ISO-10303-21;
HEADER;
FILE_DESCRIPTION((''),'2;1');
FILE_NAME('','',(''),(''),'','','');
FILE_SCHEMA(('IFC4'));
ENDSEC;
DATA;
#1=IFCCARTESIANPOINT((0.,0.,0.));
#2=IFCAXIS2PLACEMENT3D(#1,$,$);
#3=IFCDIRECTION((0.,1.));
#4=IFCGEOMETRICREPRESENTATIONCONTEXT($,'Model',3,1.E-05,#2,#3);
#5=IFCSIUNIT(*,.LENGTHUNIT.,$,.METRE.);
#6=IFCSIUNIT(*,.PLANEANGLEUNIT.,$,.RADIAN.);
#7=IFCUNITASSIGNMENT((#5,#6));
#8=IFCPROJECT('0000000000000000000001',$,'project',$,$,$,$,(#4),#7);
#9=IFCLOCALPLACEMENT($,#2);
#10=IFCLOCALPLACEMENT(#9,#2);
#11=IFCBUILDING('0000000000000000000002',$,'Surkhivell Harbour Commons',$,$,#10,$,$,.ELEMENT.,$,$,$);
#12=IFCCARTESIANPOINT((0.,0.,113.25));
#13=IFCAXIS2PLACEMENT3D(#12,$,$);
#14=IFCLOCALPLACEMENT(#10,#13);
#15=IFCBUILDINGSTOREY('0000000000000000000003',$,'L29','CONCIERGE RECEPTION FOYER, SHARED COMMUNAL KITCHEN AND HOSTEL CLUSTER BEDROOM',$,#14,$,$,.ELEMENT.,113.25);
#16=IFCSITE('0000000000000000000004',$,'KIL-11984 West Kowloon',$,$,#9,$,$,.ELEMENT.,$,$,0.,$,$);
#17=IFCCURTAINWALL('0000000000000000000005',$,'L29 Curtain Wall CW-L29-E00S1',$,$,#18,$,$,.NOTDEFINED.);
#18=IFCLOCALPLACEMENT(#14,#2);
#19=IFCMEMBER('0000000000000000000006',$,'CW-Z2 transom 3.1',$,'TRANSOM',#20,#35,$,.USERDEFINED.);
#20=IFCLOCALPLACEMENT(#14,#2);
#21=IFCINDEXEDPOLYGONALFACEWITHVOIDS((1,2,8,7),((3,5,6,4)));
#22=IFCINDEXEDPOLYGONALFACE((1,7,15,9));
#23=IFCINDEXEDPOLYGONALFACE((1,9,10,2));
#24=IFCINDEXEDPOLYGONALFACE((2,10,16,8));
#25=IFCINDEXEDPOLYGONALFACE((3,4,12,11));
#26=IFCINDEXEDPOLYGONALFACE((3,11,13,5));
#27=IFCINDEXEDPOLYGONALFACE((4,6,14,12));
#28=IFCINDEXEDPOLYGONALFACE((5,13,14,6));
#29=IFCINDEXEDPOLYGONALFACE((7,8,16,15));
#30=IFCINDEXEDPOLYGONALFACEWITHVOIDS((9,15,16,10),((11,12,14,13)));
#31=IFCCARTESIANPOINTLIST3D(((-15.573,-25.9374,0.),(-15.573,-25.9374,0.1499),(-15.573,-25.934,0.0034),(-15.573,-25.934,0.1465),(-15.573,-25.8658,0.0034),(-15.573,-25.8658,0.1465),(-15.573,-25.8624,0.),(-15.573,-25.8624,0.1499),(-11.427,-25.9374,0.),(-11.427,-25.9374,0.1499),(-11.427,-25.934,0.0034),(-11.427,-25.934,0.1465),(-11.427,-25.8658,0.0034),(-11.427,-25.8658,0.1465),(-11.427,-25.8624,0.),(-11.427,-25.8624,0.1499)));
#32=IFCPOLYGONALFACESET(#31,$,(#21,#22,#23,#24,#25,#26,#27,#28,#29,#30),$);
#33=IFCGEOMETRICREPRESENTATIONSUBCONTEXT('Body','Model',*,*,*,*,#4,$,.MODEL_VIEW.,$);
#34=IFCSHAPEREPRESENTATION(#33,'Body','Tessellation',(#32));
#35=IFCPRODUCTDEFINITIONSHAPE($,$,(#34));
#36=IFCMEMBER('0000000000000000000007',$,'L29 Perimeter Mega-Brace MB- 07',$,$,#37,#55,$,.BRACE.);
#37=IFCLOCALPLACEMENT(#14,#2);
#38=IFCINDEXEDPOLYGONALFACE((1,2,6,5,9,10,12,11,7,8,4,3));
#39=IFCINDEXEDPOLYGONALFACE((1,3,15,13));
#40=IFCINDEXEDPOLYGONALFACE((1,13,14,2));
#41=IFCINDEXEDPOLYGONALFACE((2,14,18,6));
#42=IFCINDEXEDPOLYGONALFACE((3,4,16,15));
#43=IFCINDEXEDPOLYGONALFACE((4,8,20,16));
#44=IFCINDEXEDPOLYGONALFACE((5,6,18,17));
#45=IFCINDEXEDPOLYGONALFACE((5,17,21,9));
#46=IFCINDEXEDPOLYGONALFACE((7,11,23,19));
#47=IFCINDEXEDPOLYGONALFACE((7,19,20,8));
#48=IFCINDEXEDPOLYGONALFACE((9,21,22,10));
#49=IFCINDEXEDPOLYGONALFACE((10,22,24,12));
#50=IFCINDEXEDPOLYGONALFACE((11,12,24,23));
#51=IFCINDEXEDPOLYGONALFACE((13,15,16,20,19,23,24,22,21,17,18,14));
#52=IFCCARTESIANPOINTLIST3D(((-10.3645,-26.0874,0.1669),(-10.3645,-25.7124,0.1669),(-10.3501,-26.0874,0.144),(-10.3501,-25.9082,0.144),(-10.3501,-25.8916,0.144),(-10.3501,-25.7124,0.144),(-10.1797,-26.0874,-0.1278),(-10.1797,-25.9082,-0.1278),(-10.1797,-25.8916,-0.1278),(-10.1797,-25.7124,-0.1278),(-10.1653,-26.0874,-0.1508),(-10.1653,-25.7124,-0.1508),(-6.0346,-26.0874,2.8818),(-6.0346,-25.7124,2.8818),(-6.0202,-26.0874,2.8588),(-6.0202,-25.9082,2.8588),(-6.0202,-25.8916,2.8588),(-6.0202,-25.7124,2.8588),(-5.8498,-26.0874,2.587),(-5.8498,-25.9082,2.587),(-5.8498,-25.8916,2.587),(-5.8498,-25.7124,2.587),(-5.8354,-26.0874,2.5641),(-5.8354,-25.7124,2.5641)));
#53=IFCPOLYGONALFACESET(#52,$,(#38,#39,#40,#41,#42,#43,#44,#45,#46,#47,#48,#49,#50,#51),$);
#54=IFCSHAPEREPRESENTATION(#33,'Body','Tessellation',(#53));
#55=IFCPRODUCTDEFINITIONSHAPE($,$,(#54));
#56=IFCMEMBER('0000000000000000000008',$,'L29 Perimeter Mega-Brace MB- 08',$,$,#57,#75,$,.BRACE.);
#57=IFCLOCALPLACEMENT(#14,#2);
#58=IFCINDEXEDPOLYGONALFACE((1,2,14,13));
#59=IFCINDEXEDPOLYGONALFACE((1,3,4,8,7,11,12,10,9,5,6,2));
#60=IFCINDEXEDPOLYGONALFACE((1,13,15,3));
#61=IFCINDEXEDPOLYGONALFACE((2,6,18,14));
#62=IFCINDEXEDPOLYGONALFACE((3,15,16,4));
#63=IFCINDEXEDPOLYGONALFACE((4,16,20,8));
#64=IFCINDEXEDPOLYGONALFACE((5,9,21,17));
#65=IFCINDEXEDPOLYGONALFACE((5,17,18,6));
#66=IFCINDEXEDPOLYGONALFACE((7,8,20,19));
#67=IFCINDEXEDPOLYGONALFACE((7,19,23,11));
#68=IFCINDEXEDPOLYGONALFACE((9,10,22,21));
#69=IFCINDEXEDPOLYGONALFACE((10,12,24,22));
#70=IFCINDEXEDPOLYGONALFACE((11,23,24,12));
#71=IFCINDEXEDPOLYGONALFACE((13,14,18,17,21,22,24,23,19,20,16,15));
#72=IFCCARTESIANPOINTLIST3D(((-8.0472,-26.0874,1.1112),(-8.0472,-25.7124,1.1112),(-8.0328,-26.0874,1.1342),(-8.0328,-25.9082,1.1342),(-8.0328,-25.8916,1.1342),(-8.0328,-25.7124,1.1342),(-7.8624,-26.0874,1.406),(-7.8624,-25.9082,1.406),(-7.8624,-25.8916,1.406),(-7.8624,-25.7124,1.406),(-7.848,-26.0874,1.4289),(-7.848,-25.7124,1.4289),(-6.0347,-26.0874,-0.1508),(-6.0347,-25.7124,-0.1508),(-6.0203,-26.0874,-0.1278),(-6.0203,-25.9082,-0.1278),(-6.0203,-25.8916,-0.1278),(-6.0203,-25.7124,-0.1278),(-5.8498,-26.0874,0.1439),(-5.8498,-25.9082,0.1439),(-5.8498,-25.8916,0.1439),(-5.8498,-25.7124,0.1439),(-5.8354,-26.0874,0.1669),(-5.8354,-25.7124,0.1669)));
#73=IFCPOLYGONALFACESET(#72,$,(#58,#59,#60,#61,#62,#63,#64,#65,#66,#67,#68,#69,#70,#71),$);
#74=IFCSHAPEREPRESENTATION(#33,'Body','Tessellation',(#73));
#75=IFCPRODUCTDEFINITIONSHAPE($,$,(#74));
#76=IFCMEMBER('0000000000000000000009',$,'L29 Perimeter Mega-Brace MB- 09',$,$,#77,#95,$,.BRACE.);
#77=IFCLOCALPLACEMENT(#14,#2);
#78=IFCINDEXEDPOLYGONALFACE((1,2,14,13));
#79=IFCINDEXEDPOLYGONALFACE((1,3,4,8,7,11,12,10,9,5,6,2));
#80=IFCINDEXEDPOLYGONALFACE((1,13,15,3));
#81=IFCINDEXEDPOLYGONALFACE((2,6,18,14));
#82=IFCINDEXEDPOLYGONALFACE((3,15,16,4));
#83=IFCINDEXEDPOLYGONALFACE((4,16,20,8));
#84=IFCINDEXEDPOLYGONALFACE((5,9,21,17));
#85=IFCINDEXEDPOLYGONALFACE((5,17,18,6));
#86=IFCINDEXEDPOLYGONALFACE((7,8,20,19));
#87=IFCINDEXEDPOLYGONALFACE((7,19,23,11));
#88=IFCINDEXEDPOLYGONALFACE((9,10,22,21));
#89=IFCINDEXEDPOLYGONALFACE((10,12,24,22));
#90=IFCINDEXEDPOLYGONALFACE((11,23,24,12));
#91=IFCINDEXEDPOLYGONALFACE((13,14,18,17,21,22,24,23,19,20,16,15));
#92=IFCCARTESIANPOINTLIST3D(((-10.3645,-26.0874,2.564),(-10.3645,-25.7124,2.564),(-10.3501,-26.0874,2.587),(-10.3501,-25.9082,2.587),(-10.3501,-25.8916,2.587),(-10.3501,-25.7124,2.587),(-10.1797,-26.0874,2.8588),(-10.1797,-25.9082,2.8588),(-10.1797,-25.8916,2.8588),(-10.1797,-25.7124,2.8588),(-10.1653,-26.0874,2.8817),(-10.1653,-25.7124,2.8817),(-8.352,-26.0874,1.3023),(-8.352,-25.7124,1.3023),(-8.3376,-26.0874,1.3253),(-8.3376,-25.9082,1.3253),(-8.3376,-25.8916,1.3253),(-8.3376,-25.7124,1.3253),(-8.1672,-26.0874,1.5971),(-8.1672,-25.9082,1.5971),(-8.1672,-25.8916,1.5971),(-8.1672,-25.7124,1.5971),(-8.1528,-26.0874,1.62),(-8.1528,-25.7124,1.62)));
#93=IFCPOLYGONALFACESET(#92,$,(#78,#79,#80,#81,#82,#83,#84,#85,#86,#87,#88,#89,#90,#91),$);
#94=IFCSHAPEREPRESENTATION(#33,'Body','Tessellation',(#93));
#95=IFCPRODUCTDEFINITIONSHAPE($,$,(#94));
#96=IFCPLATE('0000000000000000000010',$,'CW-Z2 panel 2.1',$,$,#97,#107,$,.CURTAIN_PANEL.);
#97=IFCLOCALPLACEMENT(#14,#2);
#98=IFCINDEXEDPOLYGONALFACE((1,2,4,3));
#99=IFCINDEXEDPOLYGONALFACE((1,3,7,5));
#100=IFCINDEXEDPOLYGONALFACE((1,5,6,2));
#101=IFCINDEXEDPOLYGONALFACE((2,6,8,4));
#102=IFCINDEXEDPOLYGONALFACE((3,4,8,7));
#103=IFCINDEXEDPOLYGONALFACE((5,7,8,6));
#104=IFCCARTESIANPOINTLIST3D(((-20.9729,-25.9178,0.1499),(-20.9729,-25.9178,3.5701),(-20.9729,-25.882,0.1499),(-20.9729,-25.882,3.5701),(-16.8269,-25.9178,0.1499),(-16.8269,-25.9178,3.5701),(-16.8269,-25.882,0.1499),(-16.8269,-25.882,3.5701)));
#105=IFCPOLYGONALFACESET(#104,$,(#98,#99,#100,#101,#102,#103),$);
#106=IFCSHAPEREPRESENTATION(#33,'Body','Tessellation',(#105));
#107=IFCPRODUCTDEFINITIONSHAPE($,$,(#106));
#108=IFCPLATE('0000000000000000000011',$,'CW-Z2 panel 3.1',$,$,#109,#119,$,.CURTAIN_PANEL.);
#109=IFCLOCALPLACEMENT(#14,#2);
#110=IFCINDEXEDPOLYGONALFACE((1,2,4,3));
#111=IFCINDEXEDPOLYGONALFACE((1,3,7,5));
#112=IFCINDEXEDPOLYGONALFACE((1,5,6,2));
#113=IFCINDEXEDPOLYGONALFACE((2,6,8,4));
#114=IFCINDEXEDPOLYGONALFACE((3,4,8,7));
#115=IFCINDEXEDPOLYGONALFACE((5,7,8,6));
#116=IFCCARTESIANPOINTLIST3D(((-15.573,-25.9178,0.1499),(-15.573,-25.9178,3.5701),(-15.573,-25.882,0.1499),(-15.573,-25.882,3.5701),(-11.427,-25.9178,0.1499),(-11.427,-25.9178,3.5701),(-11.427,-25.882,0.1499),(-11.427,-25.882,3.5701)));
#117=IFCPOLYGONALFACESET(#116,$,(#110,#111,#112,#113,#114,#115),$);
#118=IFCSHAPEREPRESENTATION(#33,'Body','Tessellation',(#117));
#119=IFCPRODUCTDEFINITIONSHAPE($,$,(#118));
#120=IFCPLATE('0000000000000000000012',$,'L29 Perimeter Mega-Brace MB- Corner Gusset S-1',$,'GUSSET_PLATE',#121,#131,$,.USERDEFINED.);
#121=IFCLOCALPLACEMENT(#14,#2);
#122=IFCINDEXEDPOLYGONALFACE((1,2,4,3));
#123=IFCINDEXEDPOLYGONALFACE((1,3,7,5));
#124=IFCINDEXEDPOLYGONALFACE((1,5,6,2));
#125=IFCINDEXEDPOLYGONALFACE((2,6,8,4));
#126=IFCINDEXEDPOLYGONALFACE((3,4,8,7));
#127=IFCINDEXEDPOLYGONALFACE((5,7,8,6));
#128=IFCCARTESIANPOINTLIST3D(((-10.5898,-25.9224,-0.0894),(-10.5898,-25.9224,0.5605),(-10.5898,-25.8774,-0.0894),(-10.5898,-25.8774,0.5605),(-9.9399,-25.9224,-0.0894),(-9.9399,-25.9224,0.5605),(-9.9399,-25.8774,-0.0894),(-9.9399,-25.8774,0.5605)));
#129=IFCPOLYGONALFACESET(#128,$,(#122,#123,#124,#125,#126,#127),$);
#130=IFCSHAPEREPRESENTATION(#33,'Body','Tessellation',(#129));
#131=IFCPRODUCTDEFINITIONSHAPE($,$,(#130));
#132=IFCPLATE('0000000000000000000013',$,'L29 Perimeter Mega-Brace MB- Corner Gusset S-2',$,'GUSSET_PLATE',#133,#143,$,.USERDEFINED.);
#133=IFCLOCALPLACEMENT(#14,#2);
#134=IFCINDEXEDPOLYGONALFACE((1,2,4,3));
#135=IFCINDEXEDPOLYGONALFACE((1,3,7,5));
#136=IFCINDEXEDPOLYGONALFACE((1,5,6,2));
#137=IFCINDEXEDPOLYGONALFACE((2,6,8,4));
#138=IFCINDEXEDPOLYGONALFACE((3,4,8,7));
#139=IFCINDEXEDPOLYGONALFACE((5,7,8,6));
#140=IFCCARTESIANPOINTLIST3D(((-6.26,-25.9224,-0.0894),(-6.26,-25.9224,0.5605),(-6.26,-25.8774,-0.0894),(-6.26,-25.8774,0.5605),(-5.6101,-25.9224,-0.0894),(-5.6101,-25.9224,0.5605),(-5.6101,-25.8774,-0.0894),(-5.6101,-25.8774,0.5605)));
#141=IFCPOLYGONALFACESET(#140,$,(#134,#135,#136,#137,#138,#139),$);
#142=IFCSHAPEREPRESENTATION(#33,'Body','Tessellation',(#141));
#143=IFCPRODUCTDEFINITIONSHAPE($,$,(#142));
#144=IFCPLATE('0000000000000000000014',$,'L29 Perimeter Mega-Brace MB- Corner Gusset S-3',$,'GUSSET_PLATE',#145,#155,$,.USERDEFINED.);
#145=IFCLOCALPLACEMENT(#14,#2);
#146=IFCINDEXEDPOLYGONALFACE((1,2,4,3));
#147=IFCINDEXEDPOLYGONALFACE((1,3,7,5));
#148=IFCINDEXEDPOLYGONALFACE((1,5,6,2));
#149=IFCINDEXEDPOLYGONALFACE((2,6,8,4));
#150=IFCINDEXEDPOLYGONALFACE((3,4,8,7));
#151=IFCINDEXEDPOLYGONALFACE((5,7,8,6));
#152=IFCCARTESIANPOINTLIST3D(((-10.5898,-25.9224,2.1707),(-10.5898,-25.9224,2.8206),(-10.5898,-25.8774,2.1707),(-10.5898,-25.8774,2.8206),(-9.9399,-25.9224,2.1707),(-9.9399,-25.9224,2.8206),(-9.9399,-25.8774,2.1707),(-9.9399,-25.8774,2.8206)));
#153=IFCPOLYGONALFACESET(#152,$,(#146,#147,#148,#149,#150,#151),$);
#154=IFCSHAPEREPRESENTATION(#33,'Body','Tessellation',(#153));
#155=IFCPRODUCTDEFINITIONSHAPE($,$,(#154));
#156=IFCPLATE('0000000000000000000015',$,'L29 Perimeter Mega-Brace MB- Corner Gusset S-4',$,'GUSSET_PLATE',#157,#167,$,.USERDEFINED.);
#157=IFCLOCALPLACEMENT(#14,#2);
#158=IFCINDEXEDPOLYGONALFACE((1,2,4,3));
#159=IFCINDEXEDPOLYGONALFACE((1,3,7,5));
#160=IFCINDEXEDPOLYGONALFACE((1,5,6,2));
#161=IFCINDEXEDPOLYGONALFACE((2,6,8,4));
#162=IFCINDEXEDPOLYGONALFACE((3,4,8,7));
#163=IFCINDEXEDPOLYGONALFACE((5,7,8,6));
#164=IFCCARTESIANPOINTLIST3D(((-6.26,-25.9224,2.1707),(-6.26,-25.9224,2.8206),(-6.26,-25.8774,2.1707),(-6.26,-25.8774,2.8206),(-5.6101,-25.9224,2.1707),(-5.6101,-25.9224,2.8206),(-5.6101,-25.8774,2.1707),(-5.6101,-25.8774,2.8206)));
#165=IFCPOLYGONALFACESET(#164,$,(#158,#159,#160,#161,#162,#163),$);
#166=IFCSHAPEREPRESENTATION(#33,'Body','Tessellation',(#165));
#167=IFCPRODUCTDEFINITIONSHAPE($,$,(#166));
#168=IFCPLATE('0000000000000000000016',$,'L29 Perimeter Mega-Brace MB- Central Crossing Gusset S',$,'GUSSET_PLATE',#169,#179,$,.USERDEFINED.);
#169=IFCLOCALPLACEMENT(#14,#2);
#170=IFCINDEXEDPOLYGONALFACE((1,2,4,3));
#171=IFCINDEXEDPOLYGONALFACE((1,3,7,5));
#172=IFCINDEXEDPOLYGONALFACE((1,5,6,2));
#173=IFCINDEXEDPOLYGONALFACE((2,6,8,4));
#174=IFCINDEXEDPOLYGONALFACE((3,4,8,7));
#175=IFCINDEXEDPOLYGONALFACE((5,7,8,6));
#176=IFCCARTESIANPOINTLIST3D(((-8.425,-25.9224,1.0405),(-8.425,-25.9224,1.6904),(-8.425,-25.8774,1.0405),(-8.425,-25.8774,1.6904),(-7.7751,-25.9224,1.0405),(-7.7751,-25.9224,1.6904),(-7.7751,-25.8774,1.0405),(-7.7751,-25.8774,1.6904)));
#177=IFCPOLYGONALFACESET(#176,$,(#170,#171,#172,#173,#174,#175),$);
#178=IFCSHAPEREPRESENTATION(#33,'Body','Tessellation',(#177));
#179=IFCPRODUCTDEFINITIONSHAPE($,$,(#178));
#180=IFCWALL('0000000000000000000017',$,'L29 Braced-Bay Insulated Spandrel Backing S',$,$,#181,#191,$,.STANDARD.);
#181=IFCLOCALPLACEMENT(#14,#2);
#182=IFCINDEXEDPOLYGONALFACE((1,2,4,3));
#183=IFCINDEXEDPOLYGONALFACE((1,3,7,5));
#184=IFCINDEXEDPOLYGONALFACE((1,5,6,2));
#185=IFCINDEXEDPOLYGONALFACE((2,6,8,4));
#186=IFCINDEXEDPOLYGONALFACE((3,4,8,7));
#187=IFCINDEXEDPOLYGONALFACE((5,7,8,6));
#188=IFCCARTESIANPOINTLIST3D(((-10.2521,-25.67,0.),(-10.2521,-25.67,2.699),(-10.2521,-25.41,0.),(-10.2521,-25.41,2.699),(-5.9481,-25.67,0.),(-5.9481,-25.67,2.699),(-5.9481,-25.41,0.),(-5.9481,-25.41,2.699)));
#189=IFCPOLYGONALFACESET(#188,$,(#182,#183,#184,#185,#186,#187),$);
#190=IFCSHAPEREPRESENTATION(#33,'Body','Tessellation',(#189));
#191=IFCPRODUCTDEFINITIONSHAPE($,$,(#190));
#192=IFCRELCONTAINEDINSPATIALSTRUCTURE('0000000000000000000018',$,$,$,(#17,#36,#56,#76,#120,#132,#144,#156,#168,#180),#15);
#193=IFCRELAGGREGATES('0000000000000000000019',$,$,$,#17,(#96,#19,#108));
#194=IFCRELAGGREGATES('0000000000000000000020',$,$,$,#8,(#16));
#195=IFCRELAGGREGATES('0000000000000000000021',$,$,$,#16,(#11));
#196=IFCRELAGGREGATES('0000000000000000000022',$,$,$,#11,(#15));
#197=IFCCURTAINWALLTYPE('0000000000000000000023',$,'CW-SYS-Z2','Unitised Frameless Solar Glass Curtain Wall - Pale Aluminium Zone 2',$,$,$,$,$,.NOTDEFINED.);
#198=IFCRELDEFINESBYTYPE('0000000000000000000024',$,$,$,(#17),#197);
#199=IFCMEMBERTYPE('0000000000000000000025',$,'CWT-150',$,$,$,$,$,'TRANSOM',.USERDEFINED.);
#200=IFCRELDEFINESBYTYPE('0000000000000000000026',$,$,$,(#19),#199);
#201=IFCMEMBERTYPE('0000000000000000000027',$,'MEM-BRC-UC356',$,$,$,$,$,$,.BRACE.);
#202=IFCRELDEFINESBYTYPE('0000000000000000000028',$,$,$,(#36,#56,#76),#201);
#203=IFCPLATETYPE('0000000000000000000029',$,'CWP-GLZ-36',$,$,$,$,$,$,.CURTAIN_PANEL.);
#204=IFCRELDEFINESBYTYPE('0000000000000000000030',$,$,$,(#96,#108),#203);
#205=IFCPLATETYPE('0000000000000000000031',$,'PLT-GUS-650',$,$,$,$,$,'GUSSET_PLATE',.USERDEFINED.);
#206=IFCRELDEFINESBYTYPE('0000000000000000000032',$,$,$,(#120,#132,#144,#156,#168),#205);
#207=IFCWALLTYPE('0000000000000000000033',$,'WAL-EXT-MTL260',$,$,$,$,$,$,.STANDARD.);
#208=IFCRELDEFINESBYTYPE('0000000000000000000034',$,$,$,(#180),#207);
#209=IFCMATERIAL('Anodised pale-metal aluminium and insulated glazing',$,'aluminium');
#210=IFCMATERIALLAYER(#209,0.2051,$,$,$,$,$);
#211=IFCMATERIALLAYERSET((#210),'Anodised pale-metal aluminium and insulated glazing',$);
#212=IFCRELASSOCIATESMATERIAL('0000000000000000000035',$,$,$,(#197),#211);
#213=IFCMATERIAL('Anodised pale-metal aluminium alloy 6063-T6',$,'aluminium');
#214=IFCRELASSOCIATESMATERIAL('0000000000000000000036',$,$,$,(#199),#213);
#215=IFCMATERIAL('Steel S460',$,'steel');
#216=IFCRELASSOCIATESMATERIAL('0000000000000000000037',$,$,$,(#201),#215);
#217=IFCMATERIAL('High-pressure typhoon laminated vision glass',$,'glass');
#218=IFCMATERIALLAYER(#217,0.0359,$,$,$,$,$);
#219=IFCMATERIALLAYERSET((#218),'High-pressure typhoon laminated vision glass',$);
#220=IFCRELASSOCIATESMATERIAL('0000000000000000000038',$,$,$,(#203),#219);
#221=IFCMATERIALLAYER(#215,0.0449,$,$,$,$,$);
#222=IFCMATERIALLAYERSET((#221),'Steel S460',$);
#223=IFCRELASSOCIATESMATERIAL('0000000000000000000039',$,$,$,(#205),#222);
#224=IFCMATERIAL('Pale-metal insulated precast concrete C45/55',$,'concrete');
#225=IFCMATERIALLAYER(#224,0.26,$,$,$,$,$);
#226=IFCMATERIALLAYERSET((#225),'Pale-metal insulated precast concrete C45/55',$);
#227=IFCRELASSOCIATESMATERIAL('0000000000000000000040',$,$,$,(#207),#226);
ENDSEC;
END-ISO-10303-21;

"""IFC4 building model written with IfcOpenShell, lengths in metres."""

from ifc_helpers import new_model, si_unit, direction, frame, frame_2d, origin, origin_2d, place, context, subcontext, project, spatial, rectangle, hollow_rectangle, i_section, extrude, material, layer, layer_set, material_profile, profile_set, type_object, element, aggregate, save


model = new_model("IFC4")

# Units and contexts
model_context = context("Model", 3, precision=1e-05, world=origin(), true_north=direction((0.0, 1.0)))
body_context = subcontext(model_context, "Body", "Model", "MODEL_VIEW")
ifc_project = project(units=[si_unit("LENGTHUNIT", "METRE"), si_unit("PLANEANGLEUNIT", "RADIAN")], contexts=[model_context])

# Site, building, storey
site_placement = place(None, origin())
site = spatial("IfcSite", under=ifc_project, at=site_placement, Name="KIL-11984 West Kowloon", CompositionType="ELEMENT", RefElevation=0.0)
building_placement = place(site_placement, origin())
building = spatial("IfcBuilding", under=site, at=building_placement, Name="Surkhivell Harbour Commons", CompositionType="ELEMENT")
storey_placement = place(building_placement, frame((0.0, 0.0, 113.25)))
storey = spatial("IfcBuildingStorey", under=building, at=storey_placement, Name="L29", Description="CONCIERGE RECEPTION FOYER, SHARED COMMUNAL KITCHEN AND HOSTEL CLUSTER BEDROOM", CompositionType="ELEMENT", Elevation=113.25)

# Shared definitions
ifc_material_1 = material(Name="Steel S460", Category="steel")

# Curtain wall, member
ifc_material_2 = material(Name="Anodised pale-metal aluminium and insulated glazing", Category="aluminium")
ifc_layer_1 = layer(ifc_material_2, 0.2051)
ifc_layer_set_1 = layer_set([ifc_layer_1], Name="Anodised pale-metal aluminium and insulated glazing")
curtain_wall_type = type_object("IfcCurtainWallType", Name="CW-SYS-Z2", Description="Unitised Frameless Solar Glass Curtain Wall - Pale Aluminium Zone 2", PredefinedType="NOTDEFINED", material=ifc_layer_set_1)
curtain_wall_placement = place(storey_placement, origin())
curtain_wall = element("IfcCurtainWall", 1, at=curtain_wall_placement, inside=storey, type_object=curtain_wall_type, Name="L29 Curtain Wall CW-L29-E00S1", PredefinedType="NOTDEFINED")
ifc_material_3 = material(Name="Anodised pale-metal aluminium alloy 6063-T6", Category="aluminium")
ifc_material_profile_1 = material_profile(ifc_material_3, hollow_rectangle(XDim=0.075, YDim=0.1499, WallThickness=0.0034, at=origin_2d()), Name="ALU-TRAN-75x150")
ifc_profile_set_1 = profile_set([ifc_material_profile_1], Name="Anodised pale-metal aluminium alloy 6063-T6")
member_type_1 = type_object("IfcMemberType", Name="CWT-150", ElementType="TRANSOM", PredefinedType="USERDEFINED", material=ifc_profile_set_1)
member_1_placement = place(storey_placement, frame((-15.573, -25.8999, 0.075), z_axis=(1.0, 0.0, 0.0), x_axis=(0.0, 1.0, 0.0)))
member_1 = element("IfcMember", 2, at=member_1_placement, type_object=member_type_1, Name="CW-Z2 transom 3.1", ObjectType="TRANSOM", PredefinedType="USERDEFINED", context=body_context, shape_type="SweptSolid", body=[
    extrude(hollow_rectangle(XDim=0.075, YDim=0.1499, WallThickness=0.0034, at=origin_2d()), origin(), (0.0, 0.0, 1.0), 4.146),
])

# Members
ifc_material_profile_2 = material_profile(ifc_material_1, i_section(OverallWidth=0.375, OverallDepth=0.375, WebThickness=0.0166, FlangeThickness=0.0271, at=origin_2d()), Name="UC356x368x202")
ifc_profile_set_2 = profile_set([ifc_material_profile_2], Name="Steel S460")
member_type_2 = type_object("IfcMemberType", Name="MEM-BRC-UC356", PredefinedType="BRACE", material=ifc_profile_set_2)
member_2_placement = place(storey_placement, frame((-10.2649, -25.8999, 0.0081), z_axis=(0.847233, 0.0, 0.531222), x_axis=(0.0, 1.0, 0.0)))
element("IfcMember", 3, at=member_2_placement, inside=storey, type_object=member_type_2, Name="L29 Perimeter Mega-Brace MB- 07", PredefinedType="BRACE", context=body_context, shape_type="SweptSolid", body=[
    extrude(i_section(OverallWidth=0.375, OverallDepth=0.375, WebThickness=0.0166, FlangeThickness=0.0271, at=origin_2d()), origin(), (0.0, 0.0, 1.0), 5.1106),
])
member_3_placement = place(storey_placement, frame((-5.9351, -25.8999, 0.0081), z_axis=(-0.847206, 0.0, 0.531264), x_axis=(0.0, -1.0, 0.0)))
element("IfcMember", 4, at=member_3_placement, inside=storey, type_object=member_type_2, Name="L29 Perimeter Mega-Brace MB- 08", PredefinedType="BRACE", context=body_context, shape_type="SweptSolid", body=[
    extrude(i_section(OverallWidth=0.375, OverallDepth=0.375, WebThickness=0.0166, FlangeThickness=0.0271, at=origin_2d()), origin(), (0.0, 0.0, 1.0), 2.3755),
])
member_4_placement = place(storey_placement, frame((-8.2524, -25.8999, 1.4612), z_axis=(-0.847253, 0.0, 0.53119), x_axis=(0.0, -1.0, 0.0)))
element("IfcMember", 5, at=member_4_placement, inside=storey, type_object=member_type_2, Name="L29 Perimeter Mega-Brace MB- 09", PredefinedType="BRACE", context=body_context, shape_type="SweptSolid", body=[
    extrude(i_section(OverallWidth=0.375, OverallDepth=0.375, WebThickness=0.0166, FlangeThickness=0.0271, at=origin_2d()), origin(), (0.0, 0.0, 1.0), 2.3752),
])

# Plates
ifc_material_4 = material(Name="High-pressure typhoon laminated vision glass", Category="glass")
ifc_layer_2 = layer(ifc_material_4, 0.0359)
ifc_layer_set_2 = layer_set([ifc_layer_2], Name="High-pressure typhoon laminated vision glass")
plate_type_1 = type_object("IfcPlateType", Name="CWP-GLZ-36", PredefinedType="CURTAIN_PANEL", material=ifc_layer_set_2)
plate_1_placement = place(storey_placement, frame((-20.9729, -25.8999, 0.1499), z_axis=(0.0, 0.0, 1.0), x_axis=(1.0, 0.0, 0.0)))
plate_1 = element("IfcPlate", 6, at=plate_1_placement, type_object=plate_type_1, Name="CW-Z2 panel 2.1", PredefinedType="CURTAIN_PANEL", context=body_context, shape_type="SweptSolid", body=[
    extrude(rectangle(XDim=4.146, YDim=0.0359, at=frame_2d((2.073, 0.0))), origin(), (0.0, 0.0, 1.0), 3.4202),
])
plate_2_placement = place(storey_placement, frame((-15.573, -25.8999, 0.1499), z_axis=(0.0, 0.0, 1.0), x_axis=(1.0, 0.0, 0.0)))
plate_2 = element("IfcPlate", 7, at=plate_2_placement, type_object=plate_type_1, Name="CW-Z2 panel 3.1", PredefinedType="CURTAIN_PANEL", context=body_context, shape_type="SweptSolid", body=[
    extrude(rectangle(XDim=4.146, YDim=0.0359, at=frame_2d((2.073, 0.0))), origin(), (0.0, 0.0, 1.0), 3.4202),
])
aggregate(curtain_wall, [plate_1, member_1, plate_2])

# Plates
ifc_layer_3 = layer(ifc_material_1, 0.0449)
ifc_layer_set_3 = layer_set([ifc_layer_3], Name="Steel S460")
plate_type_2 = type_object("IfcPlateType", Name="PLT-GUS-650", ElementType="GUSSET_PLATE", PredefinedType="USERDEFINED", material=ifc_layer_set_3)
for number, where, z_axis, x_axis, name in (
    (8, (-10.2649, -25.8999, -0.0894), (0.0, 0.0, 1.0), (1.0, 0.0, 0.0), "L29 Perimeter Mega-Brace MB- Corner Gusset S-1"),
    (9, (-5.9351, -25.8999, -0.0894), (0.0, 0.0, 1.0), (1.0, 0.0, 0.0), "L29 Perimeter Mega-Brace MB- Corner Gusset S-2"),
    (10, (-10.2649, -25.8999, 2.1707), (0.0, 0.0, 1.0), (1.0, 0.0, 0.0), "L29 Perimeter Mega-Brace MB- Corner Gusset S-3"),
    (11, (-5.9351, -25.8999, 2.1707), (0.0, 0.0, 1.0), (1.0, 0.0, 0.0), "L29 Perimeter Mega-Brace MB- Corner Gusset S-4"),
    (12, (-8.1001, -25.8999, 1.0405), (0.0, 0.0, 1.0), (1.0, 0.0, 0.0), "L29 Perimeter Mega-Brace MB- Central Crossing Gusset S"),
):
    element("IfcPlate", number, at=place(storey_placement, frame(where, z_axis=z_axis, x_axis=x_axis)), inside=storey, type_object=plate_type_2, Name=name, ObjectType="GUSSET_PLATE", PredefinedType="USERDEFINED", context=body_context, shape_type="SweptSolid", body=[
        extrude(rectangle(XDim=0.6499, YDim=0.0449, at=origin_2d()), origin(), (0.0, 0.0, 1.0), 0.6499),
    ])

# Wall
ifc_material_5 = material(Name="Pale-metal insulated precast concrete C45/55", Category="concrete")
ifc_layer_4 = layer(ifc_material_5, 0.26)
ifc_layer_set_4 = layer_set([ifc_layer_4], Name="Pale-metal insulated precast concrete C45/55")
wall_type_1 = type_object("IfcWallType", Name="WAL-EXT-MTL260", PredefinedType="STANDARD", material=ifc_layer_set_4)
wall_1_placement = place(storey_placement, frame((-10.252, -25.54, 0.0), z_axis=(0.0, 0.0, 1.0), x_axis=(1.0, 0.0, 0.0)))
element("IfcWall", 13, at=wall_1_placement, inside=storey, type_object=wall_type_1, Name="L29 Braced-Bay Insulated Spandrel Backing S", PredefinedType="STANDARD", context=body_context, shape_type="SweptSolid", body=[
    extrude(rectangle(XDim=4.304, YDim=0.26, at=frame_2d((2.1519, 0.0))), origin(), (0.0, 0.0, 1.0), 2.699),
])

save(model, "model.ifc")
